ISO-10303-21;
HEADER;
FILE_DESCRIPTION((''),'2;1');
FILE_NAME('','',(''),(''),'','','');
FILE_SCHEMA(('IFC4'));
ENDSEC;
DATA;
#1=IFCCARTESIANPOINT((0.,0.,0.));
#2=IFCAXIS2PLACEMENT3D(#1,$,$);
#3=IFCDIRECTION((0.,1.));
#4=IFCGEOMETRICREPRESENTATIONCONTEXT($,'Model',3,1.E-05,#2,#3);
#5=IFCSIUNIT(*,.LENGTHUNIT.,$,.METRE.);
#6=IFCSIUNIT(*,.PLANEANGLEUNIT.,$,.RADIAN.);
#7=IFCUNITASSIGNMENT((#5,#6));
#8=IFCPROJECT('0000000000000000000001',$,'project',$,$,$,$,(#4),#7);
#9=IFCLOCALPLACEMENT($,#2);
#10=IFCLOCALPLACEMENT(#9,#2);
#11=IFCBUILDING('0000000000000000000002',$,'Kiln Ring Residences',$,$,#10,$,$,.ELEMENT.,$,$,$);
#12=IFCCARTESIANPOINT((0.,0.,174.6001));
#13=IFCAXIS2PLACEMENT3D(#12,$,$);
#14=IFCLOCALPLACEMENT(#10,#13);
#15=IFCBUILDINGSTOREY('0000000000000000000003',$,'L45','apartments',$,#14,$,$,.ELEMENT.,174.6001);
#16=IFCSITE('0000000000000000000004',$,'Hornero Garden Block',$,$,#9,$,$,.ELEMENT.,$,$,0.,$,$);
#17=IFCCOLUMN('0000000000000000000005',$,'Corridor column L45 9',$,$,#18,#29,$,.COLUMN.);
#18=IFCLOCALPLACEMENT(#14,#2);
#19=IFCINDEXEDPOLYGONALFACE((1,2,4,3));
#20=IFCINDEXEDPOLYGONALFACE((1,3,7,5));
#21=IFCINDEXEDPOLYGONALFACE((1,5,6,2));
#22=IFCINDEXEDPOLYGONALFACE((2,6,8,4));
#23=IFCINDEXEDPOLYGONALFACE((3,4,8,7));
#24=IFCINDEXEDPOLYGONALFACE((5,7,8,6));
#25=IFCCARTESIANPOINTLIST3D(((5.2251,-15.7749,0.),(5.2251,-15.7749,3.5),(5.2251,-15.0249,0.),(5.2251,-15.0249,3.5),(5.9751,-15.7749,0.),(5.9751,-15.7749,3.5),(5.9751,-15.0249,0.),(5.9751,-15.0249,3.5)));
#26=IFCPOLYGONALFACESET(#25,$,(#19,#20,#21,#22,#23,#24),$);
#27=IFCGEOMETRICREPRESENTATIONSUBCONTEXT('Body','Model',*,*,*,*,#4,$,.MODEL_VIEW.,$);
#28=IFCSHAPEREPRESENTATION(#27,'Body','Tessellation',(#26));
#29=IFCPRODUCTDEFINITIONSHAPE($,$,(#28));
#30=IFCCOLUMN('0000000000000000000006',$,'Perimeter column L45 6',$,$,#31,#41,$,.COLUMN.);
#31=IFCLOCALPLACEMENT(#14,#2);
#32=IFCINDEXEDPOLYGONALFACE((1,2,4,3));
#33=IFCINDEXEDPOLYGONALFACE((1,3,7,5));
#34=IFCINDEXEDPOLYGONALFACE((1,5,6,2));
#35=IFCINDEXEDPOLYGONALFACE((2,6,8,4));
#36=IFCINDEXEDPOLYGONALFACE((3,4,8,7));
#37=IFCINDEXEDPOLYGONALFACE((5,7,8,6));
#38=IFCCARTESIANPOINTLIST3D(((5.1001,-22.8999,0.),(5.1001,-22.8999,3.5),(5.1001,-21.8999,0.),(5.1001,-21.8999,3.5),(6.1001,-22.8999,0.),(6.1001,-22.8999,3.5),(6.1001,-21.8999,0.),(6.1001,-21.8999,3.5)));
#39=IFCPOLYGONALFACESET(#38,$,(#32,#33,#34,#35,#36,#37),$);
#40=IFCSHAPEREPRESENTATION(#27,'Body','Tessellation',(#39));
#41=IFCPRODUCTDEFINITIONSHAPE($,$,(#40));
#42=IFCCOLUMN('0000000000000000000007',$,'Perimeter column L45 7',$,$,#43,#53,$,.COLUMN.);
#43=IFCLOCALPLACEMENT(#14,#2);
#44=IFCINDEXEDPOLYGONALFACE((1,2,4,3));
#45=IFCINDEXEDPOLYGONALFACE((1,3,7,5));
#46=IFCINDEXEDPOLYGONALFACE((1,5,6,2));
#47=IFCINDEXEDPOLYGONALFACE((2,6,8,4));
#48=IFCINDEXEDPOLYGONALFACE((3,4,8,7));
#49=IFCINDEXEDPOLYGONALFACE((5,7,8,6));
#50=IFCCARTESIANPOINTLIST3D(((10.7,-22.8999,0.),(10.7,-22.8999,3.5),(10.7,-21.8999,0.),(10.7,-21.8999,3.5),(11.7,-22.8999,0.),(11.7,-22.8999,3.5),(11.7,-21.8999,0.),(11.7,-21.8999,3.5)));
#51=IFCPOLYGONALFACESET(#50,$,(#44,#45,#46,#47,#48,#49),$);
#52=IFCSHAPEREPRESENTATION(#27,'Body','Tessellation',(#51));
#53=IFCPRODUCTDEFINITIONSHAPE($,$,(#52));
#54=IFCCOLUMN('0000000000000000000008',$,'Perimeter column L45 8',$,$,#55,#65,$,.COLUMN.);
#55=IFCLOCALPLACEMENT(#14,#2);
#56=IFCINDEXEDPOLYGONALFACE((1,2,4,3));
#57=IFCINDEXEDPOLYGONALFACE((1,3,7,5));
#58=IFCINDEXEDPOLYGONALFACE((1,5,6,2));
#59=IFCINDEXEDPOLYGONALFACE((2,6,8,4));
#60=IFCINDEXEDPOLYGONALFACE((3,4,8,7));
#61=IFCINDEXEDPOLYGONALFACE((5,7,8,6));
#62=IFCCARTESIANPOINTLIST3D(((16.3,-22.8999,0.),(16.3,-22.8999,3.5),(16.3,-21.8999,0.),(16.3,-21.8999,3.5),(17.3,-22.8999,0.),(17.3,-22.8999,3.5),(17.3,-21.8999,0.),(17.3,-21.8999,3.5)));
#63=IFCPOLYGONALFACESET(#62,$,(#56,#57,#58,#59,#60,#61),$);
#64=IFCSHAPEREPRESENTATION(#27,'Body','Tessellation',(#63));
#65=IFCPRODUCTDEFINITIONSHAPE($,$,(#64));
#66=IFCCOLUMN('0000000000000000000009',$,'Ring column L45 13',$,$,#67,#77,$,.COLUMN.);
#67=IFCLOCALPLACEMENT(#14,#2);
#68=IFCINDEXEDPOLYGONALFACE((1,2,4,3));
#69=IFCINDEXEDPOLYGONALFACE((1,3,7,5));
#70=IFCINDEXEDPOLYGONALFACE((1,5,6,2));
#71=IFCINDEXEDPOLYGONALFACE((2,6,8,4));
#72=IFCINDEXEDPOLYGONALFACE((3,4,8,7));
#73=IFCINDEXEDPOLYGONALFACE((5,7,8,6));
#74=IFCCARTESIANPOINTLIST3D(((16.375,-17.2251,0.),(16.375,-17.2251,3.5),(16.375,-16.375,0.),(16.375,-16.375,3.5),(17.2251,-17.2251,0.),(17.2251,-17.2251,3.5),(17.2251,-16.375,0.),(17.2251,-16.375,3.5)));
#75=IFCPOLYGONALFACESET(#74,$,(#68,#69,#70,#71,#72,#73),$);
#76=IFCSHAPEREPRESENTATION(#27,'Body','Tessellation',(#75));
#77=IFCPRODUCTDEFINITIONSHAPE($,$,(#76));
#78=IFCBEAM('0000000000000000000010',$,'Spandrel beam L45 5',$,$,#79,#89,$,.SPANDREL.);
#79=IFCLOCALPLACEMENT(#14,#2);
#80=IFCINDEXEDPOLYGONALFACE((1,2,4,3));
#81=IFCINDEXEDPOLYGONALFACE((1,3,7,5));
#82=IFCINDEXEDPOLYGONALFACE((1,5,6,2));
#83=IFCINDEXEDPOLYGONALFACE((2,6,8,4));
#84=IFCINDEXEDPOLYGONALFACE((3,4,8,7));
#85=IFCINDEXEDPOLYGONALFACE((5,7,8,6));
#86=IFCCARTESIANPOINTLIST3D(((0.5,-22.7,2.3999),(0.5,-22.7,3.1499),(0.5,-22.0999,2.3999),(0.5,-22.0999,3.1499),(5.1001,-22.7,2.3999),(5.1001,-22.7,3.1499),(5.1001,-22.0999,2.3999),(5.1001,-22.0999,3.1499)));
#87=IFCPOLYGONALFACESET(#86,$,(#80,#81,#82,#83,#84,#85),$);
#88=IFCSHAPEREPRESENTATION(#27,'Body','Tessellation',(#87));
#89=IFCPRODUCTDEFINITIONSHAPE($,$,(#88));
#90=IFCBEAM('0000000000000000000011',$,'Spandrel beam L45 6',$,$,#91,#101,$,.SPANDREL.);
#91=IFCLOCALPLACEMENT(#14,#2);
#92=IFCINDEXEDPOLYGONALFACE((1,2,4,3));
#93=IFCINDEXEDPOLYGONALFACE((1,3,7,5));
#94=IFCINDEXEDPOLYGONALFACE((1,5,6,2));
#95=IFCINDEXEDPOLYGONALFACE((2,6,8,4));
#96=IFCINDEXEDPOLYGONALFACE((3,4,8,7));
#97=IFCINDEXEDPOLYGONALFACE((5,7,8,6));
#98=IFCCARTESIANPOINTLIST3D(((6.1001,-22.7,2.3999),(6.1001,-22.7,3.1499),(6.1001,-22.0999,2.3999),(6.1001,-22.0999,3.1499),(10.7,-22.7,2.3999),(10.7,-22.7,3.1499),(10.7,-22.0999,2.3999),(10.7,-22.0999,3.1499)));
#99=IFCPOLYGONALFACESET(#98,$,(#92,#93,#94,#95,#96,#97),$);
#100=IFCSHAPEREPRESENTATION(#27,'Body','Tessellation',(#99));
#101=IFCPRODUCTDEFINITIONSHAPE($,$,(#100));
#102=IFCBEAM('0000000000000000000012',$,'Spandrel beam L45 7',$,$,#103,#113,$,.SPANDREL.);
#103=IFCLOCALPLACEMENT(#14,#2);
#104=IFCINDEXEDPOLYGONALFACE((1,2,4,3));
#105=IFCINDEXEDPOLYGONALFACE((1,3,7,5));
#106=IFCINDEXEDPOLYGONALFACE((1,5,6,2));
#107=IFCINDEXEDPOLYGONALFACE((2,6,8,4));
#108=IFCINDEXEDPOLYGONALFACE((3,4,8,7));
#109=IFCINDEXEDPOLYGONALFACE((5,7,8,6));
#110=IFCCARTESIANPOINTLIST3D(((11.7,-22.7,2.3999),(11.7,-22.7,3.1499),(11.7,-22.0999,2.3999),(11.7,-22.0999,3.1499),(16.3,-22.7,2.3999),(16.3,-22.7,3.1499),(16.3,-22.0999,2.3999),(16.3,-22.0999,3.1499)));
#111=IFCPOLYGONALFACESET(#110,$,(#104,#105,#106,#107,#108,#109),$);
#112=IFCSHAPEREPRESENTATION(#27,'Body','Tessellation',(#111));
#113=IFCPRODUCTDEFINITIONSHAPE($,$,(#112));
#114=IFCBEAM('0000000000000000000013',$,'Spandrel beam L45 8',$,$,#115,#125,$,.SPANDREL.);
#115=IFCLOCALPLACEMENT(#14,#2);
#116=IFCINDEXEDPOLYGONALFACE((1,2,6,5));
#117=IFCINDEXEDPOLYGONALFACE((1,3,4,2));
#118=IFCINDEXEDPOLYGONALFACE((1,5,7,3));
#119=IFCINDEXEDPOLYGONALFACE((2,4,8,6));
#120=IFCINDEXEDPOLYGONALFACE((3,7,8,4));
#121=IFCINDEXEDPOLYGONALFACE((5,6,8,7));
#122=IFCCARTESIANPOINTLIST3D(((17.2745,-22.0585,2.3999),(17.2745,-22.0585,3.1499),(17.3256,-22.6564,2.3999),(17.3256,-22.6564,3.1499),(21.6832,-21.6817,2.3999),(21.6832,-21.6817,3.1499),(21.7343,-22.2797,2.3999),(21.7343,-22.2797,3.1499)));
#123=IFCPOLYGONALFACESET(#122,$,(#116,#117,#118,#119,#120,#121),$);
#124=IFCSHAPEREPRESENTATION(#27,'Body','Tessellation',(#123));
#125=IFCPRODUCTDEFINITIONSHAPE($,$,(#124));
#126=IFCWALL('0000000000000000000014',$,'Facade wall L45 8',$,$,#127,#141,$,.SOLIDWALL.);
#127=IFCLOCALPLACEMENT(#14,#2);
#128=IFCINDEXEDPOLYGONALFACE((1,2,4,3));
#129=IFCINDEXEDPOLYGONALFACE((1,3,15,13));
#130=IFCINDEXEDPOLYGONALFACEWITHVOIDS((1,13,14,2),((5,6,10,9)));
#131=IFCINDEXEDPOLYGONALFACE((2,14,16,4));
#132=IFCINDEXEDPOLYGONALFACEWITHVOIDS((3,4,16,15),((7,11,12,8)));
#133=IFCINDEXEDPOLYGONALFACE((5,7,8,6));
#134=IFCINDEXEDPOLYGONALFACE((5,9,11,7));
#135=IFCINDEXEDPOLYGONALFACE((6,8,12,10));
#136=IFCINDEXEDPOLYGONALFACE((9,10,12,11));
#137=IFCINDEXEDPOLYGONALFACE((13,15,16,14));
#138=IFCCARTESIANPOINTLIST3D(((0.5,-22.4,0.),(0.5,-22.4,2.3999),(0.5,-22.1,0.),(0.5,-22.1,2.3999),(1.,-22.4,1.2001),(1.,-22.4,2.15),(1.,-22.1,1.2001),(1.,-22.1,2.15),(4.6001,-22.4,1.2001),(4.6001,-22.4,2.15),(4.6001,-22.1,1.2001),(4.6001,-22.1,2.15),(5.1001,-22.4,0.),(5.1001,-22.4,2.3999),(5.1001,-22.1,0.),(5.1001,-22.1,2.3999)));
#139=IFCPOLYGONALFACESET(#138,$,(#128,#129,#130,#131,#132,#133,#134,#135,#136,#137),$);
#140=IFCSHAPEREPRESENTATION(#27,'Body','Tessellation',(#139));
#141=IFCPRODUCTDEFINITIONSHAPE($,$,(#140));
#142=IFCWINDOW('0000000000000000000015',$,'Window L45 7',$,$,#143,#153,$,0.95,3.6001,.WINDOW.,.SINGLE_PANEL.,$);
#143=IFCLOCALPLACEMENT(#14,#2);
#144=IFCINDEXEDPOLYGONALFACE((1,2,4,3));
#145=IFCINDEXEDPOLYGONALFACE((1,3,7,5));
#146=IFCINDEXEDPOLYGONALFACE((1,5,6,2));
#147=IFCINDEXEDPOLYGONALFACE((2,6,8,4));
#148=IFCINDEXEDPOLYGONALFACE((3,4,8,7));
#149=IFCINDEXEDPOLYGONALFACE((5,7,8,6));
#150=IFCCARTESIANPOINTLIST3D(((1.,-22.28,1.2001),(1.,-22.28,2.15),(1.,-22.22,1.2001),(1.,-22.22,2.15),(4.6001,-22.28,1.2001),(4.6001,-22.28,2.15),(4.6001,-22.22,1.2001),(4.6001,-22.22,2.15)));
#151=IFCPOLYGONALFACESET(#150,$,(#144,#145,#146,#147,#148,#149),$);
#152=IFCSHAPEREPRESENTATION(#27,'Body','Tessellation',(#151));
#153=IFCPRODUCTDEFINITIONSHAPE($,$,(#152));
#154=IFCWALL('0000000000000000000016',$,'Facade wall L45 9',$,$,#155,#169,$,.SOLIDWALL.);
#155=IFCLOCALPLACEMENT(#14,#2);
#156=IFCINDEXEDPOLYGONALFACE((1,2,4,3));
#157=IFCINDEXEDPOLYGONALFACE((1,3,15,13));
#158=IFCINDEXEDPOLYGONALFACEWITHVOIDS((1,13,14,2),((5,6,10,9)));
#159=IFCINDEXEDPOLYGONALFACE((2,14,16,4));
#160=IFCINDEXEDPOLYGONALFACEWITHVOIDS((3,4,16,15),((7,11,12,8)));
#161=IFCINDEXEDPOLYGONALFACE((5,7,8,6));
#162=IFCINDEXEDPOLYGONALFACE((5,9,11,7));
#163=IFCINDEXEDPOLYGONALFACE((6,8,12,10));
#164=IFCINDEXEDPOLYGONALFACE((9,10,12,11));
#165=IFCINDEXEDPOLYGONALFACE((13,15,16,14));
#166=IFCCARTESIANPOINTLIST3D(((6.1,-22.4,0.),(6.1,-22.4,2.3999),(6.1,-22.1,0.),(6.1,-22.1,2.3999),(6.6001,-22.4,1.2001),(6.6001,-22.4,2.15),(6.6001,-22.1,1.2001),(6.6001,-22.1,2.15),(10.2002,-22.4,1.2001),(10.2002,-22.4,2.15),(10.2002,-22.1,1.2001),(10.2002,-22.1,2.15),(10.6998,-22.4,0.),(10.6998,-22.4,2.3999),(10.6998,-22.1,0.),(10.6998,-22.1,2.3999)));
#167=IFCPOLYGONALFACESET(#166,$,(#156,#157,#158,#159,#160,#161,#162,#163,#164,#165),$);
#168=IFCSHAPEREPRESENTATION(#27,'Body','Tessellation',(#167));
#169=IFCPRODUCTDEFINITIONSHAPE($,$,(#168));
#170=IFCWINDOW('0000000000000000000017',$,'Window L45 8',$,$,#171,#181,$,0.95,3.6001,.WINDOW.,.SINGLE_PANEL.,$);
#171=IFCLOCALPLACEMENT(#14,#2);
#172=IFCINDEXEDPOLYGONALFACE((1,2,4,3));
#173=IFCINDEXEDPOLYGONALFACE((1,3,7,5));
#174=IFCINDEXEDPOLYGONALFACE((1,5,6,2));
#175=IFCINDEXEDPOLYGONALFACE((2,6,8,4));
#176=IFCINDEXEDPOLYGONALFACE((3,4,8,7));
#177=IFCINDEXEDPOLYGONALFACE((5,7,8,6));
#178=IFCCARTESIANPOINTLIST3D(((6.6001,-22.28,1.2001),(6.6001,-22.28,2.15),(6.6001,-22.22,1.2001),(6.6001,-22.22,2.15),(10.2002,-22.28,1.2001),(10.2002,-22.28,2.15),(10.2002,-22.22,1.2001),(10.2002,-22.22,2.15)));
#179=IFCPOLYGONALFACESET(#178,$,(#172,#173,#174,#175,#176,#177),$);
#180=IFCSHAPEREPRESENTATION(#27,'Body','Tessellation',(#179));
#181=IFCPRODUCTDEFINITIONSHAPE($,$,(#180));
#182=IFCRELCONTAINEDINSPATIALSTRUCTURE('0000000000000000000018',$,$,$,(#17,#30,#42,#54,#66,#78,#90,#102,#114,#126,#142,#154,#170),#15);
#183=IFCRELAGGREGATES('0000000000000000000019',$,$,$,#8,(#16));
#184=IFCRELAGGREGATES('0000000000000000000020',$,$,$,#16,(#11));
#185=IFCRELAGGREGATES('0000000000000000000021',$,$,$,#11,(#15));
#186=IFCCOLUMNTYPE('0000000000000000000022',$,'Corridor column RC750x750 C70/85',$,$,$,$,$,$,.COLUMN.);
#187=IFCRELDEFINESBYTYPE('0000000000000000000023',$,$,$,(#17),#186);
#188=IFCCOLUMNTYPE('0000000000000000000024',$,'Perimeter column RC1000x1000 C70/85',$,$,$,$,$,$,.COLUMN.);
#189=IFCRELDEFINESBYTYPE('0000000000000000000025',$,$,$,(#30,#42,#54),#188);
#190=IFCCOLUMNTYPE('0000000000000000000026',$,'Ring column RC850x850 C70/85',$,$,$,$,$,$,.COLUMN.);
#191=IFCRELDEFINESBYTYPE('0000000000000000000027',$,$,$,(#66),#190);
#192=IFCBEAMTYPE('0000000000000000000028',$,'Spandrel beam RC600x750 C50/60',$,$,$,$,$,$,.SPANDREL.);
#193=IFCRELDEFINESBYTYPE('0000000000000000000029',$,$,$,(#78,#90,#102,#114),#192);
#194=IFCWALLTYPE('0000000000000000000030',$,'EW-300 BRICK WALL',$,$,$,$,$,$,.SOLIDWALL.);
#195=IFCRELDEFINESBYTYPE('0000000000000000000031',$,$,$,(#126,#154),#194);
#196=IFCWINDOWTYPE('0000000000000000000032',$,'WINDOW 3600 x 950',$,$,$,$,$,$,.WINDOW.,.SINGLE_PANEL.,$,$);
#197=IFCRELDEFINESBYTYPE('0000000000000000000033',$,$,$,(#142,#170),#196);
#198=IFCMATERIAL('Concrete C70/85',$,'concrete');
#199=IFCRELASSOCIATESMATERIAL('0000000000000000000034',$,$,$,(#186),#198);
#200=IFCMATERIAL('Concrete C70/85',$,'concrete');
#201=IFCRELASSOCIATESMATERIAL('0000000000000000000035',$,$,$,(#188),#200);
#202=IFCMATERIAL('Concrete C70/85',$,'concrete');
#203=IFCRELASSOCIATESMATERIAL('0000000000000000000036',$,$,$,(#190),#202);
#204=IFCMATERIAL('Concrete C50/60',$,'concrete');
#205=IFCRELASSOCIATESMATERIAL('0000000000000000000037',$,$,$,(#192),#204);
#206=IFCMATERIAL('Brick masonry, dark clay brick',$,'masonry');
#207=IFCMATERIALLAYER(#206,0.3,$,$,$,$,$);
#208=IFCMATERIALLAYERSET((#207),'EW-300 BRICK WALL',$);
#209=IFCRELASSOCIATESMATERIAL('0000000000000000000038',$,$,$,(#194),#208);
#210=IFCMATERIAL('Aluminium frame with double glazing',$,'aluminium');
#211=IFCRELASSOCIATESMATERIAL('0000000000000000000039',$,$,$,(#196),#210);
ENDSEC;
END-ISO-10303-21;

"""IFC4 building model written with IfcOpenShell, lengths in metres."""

from ifc_helpers import new_model, si_unit, direction, frame, frame_2d, origin, origin_2d, place, context, subcontext, project, spatial, rectangle, extrude, material, layer, layer_set, material_profile, profile_set, type_object, element, fill, save


model = new_model("IFC4")

# Units and contexts
model_context = context("Model", 3, precision=1e-05, world=origin(), true_north=direction((0.0, 1.0)))
body_context = subcontext(model_context, "Body", "Model", "MODEL_VIEW")
ifc_project = project(units=[si_unit("LENGTHUNIT", "METRE"), si_unit("PLANEANGLEUNIT", "RADIAN")], contexts=[model_context])

# Site, building, storey
site_placement = place(None, origin())
site = spatial("IfcSite", under=ifc_project, at=site_placement, Name="Hornero Garden Block", CompositionType="ELEMENT", RefElevation=0.0)
building_placement = place(site_placement, origin())
building = spatial("IfcBuilding", under=site, at=building_placement, Name="Kiln Ring Residences", CompositionType="ELEMENT")
storey_placement = place(building_placement, frame((0.0, 0.0, 174.6001)))
storey = spatial("IfcBuildingStorey", under=building, at=storey_placement, Name="L45", Description="apartments", CompositionType="ELEMENT", Elevation=174.6001)

# Columns
ifc_material_1 = material(Name="Concrete C70/85", Category="concrete")
ifc_material_profile_1 = material_profile(ifc_material_1, rectangle(XDim=0.75, YDim=0.75, at=origin_2d()), Name="RC750x750")
ifc_profile_set_1 = profile_set([ifc_material_profile_1], Name="Concrete C70/85")
column_type_1 = type_object("IfcColumnType", Name="Corridor column RC750x750 C70/85", PredefinedType="COLUMN", material=ifc_profile_set_1)
column_1_placement = place(storey_placement, frame((5.6001, -15.3999, 0.0), z_axis=(0.0, 0.0, 1.0), x_axis=(1.0, 0.0, 0.0)))
element("IfcColumn", 1, at=column_1_placement, inside=storey, type_object=column_type_1, Name="Corridor column L45 9", PredefinedType="COLUMN", context=body_context, shape_type="SweptSolid", body=[
    extrude(rectangle(XDim=0.75, YDim=0.75, at=origin_2d()), origin(), (0.0, 0.0, 1.0), 3.5),
])
ifc_material_2 = material(Name="Concrete C70/85", Category="concrete")
ifc_material_profile_2 = material_profile(ifc_material_2, rectangle(XDim=1.0, YDim=1.0, at=origin_2d()), Name="RC1000x1000")
ifc_profile_set_2 = profile_set([ifc_material_profile_2], Name="Concrete C70/85")
column_type_2 = type_object("IfcColumnType", Name="Perimeter column RC1000x1000 C70/85", PredefinedType="COLUMN", material=ifc_profile_set_2)
for number, where, z_axis, x_axis, name in (
    (2, (5.6001, -22.3999, 0.0), (0.0, 0.0, 1.0), (1.0, 0.0, 0.0), "Perimeter column L45 6"),
    (3, (11.2, -22.3999, 0.0), (0.0, 0.0, 1.0), (1.0, 0.0, 0.0), "Perimeter column L45 7"),
    (4, (16.8, -22.3999, 0.0), (0.0, 0.0, 1.0), (1.0, 0.0, 0.0), "Perimeter column L45 8"),
):
    element("IfcColumn", number, at=place(storey_placement, frame(where, z_axis=z_axis, x_axis=x_axis)), inside=storey, type_object=column_type_2, Name=name, PredefinedType="COLUMN", context=body_context, shape_type="SweptSolid", body=[
        extrude(rectangle(XDim=1.0, YDim=1.0, at=origin_2d()), origin(), (0.0, 0.0, 1.0), 3.5),
    ])
ifc_material_3 = material(Name="Concrete C70/85", Category="concrete")
ifc_material_profile_3 = material_profile(ifc_material_3, rectangle(XDim=0.8501, YDim=0.8501, at=origin_2d()), Name="RC850x850")
ifc_profile_set_3 = profile_set([ifc_material_profile_3], Name="Concrete C70/85")
column_type_3 = type_object("IfcColumnType", Name="Ring column RC850x850 C70/85", PredefinedType="COLUMN", material=ifc_profile_set_3)
column_2_placement = place(storey_placement, frame((16.8, -16.8, 0.0), z_axis=(0.0, 0.0, 1.0), x_axis=(1.0, 0.0, 0.0)))
element("IfcColumn", 5, at=column_2_placement, inside=storey, type_object=column_type_3, Name="Ring column L45 13", PredefinedType="COLUMN", context=body_context, shape_type="SweptSolid", body=[
    extrude(rectangle(XDim=0.8501, YDim=0.8501, at=origin_2d()), origin(), (0.0, 0.0, 1.0), 3.5),
])

# Beams
ifc_material_4 = material(Name="Concrete C50/60", Category="concrete")
ifc_material_profile_4 = material_profile(ifc_material_4, rectangle(XDim=0.6001, YDim=0.75, at=origin_2d()), Name="RC600x750")
ifc_profile_set_4 = profile_set([ifc_material_profile_4], Name="Concrete C50/60")
beam_type = type_object("IfcBeamType", Name="Spandrel beam RC600x750 C50/60", PredefinedType="SPANDREL", material=ifc_profile_set_4)
beam_1_placement = place(storey_placement, frame((0.5, -22.3999, 2.7749), z_axis=(1.0, 0.0, 0.0), x_axis=(0.0, 1.0, 0.0)))
element("IfcBeam", 6, at=beam_1_placement, inside=storey, type_object=beam_type, Name="Spandrel beam L45 5", PredefinedType="SPANDREL", context=body_context, shape_type="SweptSolid", body=[
    extrude(rectangle(XDim=0.6001, YDim=0.75, at=origin_2d()), origin(), (0.0, 0.0, 1.0), 4.6001),
])
beam_2_placement = place(storey_placement, frame((6.1001, -22.3999, 2.7749), z_axis=(1.0, 0.0, 0.0), x_axis=(0.0, 1.0, 0.0)))
element("IfcBeam", 7, at=beam_2_placement, inside=storey, type_object=beam_type, Name="Spandrel beam L45 6", PredefinedType="SPANDREL", context=body_context, shape_type="SweptSolid", body=[
    extrude(rectangle(XDim=0.6001, YDim=0.75, at=origin_2d()), origin(), (0.0, 0.0, 1.0), 4.5999),
])
beam_3_placement = place(storey_placement, frame((11.7, -22.3999, 2.7749), z_axis=(1.0, 0.0, 0.0), x_axis=(0.0, 1.0, 0.0)))
element("IfcBeam", 8, at=beam_3_placement, inside=storey, type_object=beam_type, Name="Spandrel beam L45 7", PredefinedType="SPANDREL", context=body_context, shape_type="SweptSolid", body=[
    extrude(rectangle(XDim=0.6001, YDim=0.75, at=origin_2d()), origin(), (0.0, 0.0, 1.0), 4.6001),
])
beam_4_placement = place(storey_placement, frame((17.3, -22.3574, 2.7749), z_axis=(0.996369, 0.085137, 0.0), x_axis=(-0.085137, 0.996369, 0.0)))
element("IfcBeam", 9, at=beam_4_placement, inside=storey, type_object=beam_type, Name="Spandrel beam L45 8", PredefinedType="SPANDREL", context=body_context, shape_type="SweptSolid", body=[
    extrude(rectangle(XDim=0.6001, YDim=0.75, at=origin_2d()), origin(), (0.0, 0.0, 1.0), 4.4248),
])

# Walls, openings, windows
ifc_material_5 = material(Name="Brick masonry, dark clay brick", Category="masonry")
ifc_layer_1 = layer(ifc_material_5, 0.3)
ifc_layer_set_1 = layer_set([ifc_layer_1], Name="EW-300 BRICK WALL")
wall_type_1 = type_object("IfcWallType", Name="EW-300 BRICK WALL", PredefinedType="SOLIDWALL", material=ifc_layer_set_1)
wall_1_placement = place(storey_placement, frame((0.5, -22.25, 0.0), z_axis=(0.0, 0.0, 1.0), x_axis=(1.0, 0.0, 0.0)))
wall_1 = element("IfcWall", 10, at=wall_1_placement, inside=storey, type_object=wall_type_1, Name="Facade wall L45 8", PredefinedType="SOLIDWALL", context=body_context, shape_type="SweptSolid", body=[
    extrude(rectangle(XDim=4.6001, YDim=0.3, at=frame_2d((2.3, 0.0))), origin(), (0.0, 0.0, 1.0), 2.3999),
])
opening_1_placement = place(wall_1_placement, frame((0.5, 0.0, 1.2)))
opening_1 = element("IfcOpeningElement", 11, at=opening_1_placement, cuts=wall_1, PredefinedType="OPENING", context=body_context, shape_type="SweptSolid", body=[
    extrude(rectangle(XDim=3.6001, YDim=0.95, at=frame_2d((1.8, 0.4751))), frame((0.0, 0.1599, 0.0), z_axis=(0.0, -1.0, 0.0), x_axis=(1.0, 0.0, 0.0)), (0.0, 0.0, 1.0), 0.3201),
])
ifc_material_6 = material(Name="Aluminium frame with double glazing", Category="aluminium")
window_type = type_object("IfcWindowType", Name="WINDOW 3600 x 950", PartitioningType="SINGLE_PANEL", PredefinedType="WINDOW", material=ifc_material_6)
window_1_placement = place(opening_1_placement, origin())
window_1 = element("IfcWindow", 12, at=window_1_placement, inside=storey, type_object=window_type, Name="Window L45 7", OverallHeight=0.95, OverallWidth=3.6001, PartitioningType="SINGLE_PANEL", PredefinedType="WINDOW", context=body_context, shape_type="SweptSolid", body=[
    extrude(rectangle(XDim=3.6001, YDim=0.95, at=frame_2d((1.8, 0.4751))), frame((0.0, 0.03, 0.0), z_axis=(0.0, -1.0, 0.0), x_axis=(1.0, 0.0, 0.0)), (0.0, 0.0, 1.0), 0.0601),
])
fill(opening_1, window_1)
wall_2_placement = place(storey_placement, frame((6.1001, -22.25, 0.0), z_axis=(0.0, 0.0, 1.0), x_axis=(1.0, 0.0, 0.0)))
wall_2 = element("IfcWall", 13, at=wall_2_placement, inside=storey, type_object=wall_type_1, Name="Facade wall L45 9", PredefinedType="SOLIDWALL", context=body_context, shape_type="SweptSolid", body=[
    extrude(rectangle(XDim=4.5999, YDim=0.3, at=frame_2d((2.2998, 0.0))), origin(), (0.0, 0.0, 1.0), 2.3999),
])
opening_2_placement = place(wall_2_placement, frame((0.5, 0.0, 1.2)))
opening_2 = element("IfcOpeningElement", 14, at=opening_2_placement, cuts=wall_2, PredefinedType="OPENING", context=body_context, shape_type="SweptSolid", body=[
    extrude(rectangle(XDim=3.6001, YDim=0.95, at=frame_2d((1.8, 0.4751))), frame((0.0, 0.1599, 0.0), z_axis=(0.0, -1.0, 0.0), x_axis=(1.0, 0.0, 0.0)), (0.0, 0.0, 1.0), 0.3201),
])
window_2_placement = place(opening_2_placement, origin())
window_2 = element("IfcWindow", 15, at=window_2_placement, inside=storey, type_object=window_type, Name="Window L45 8", OverallHeight=0.95, OverallWidth=3.6001, PartitioningType="SINGLE_PANEL", PredefinedType="WINDOW", context=body_context, shape_type="SweptSolid", body=[
    extrude(rectangle(XDim=3.6001, YDim=0.95, at=frame_2d((1.8, 0.4751))), frame((0.0, 0.03, 0.0), z_axis=(0.0, -1.0, 0.0), x_axis=(1.0, 0.0, 0.0)), (0.0, 0.0, 1.0), 0.0601),
])
fill(opening_2, window_2)

save(model, "model.ifc")
